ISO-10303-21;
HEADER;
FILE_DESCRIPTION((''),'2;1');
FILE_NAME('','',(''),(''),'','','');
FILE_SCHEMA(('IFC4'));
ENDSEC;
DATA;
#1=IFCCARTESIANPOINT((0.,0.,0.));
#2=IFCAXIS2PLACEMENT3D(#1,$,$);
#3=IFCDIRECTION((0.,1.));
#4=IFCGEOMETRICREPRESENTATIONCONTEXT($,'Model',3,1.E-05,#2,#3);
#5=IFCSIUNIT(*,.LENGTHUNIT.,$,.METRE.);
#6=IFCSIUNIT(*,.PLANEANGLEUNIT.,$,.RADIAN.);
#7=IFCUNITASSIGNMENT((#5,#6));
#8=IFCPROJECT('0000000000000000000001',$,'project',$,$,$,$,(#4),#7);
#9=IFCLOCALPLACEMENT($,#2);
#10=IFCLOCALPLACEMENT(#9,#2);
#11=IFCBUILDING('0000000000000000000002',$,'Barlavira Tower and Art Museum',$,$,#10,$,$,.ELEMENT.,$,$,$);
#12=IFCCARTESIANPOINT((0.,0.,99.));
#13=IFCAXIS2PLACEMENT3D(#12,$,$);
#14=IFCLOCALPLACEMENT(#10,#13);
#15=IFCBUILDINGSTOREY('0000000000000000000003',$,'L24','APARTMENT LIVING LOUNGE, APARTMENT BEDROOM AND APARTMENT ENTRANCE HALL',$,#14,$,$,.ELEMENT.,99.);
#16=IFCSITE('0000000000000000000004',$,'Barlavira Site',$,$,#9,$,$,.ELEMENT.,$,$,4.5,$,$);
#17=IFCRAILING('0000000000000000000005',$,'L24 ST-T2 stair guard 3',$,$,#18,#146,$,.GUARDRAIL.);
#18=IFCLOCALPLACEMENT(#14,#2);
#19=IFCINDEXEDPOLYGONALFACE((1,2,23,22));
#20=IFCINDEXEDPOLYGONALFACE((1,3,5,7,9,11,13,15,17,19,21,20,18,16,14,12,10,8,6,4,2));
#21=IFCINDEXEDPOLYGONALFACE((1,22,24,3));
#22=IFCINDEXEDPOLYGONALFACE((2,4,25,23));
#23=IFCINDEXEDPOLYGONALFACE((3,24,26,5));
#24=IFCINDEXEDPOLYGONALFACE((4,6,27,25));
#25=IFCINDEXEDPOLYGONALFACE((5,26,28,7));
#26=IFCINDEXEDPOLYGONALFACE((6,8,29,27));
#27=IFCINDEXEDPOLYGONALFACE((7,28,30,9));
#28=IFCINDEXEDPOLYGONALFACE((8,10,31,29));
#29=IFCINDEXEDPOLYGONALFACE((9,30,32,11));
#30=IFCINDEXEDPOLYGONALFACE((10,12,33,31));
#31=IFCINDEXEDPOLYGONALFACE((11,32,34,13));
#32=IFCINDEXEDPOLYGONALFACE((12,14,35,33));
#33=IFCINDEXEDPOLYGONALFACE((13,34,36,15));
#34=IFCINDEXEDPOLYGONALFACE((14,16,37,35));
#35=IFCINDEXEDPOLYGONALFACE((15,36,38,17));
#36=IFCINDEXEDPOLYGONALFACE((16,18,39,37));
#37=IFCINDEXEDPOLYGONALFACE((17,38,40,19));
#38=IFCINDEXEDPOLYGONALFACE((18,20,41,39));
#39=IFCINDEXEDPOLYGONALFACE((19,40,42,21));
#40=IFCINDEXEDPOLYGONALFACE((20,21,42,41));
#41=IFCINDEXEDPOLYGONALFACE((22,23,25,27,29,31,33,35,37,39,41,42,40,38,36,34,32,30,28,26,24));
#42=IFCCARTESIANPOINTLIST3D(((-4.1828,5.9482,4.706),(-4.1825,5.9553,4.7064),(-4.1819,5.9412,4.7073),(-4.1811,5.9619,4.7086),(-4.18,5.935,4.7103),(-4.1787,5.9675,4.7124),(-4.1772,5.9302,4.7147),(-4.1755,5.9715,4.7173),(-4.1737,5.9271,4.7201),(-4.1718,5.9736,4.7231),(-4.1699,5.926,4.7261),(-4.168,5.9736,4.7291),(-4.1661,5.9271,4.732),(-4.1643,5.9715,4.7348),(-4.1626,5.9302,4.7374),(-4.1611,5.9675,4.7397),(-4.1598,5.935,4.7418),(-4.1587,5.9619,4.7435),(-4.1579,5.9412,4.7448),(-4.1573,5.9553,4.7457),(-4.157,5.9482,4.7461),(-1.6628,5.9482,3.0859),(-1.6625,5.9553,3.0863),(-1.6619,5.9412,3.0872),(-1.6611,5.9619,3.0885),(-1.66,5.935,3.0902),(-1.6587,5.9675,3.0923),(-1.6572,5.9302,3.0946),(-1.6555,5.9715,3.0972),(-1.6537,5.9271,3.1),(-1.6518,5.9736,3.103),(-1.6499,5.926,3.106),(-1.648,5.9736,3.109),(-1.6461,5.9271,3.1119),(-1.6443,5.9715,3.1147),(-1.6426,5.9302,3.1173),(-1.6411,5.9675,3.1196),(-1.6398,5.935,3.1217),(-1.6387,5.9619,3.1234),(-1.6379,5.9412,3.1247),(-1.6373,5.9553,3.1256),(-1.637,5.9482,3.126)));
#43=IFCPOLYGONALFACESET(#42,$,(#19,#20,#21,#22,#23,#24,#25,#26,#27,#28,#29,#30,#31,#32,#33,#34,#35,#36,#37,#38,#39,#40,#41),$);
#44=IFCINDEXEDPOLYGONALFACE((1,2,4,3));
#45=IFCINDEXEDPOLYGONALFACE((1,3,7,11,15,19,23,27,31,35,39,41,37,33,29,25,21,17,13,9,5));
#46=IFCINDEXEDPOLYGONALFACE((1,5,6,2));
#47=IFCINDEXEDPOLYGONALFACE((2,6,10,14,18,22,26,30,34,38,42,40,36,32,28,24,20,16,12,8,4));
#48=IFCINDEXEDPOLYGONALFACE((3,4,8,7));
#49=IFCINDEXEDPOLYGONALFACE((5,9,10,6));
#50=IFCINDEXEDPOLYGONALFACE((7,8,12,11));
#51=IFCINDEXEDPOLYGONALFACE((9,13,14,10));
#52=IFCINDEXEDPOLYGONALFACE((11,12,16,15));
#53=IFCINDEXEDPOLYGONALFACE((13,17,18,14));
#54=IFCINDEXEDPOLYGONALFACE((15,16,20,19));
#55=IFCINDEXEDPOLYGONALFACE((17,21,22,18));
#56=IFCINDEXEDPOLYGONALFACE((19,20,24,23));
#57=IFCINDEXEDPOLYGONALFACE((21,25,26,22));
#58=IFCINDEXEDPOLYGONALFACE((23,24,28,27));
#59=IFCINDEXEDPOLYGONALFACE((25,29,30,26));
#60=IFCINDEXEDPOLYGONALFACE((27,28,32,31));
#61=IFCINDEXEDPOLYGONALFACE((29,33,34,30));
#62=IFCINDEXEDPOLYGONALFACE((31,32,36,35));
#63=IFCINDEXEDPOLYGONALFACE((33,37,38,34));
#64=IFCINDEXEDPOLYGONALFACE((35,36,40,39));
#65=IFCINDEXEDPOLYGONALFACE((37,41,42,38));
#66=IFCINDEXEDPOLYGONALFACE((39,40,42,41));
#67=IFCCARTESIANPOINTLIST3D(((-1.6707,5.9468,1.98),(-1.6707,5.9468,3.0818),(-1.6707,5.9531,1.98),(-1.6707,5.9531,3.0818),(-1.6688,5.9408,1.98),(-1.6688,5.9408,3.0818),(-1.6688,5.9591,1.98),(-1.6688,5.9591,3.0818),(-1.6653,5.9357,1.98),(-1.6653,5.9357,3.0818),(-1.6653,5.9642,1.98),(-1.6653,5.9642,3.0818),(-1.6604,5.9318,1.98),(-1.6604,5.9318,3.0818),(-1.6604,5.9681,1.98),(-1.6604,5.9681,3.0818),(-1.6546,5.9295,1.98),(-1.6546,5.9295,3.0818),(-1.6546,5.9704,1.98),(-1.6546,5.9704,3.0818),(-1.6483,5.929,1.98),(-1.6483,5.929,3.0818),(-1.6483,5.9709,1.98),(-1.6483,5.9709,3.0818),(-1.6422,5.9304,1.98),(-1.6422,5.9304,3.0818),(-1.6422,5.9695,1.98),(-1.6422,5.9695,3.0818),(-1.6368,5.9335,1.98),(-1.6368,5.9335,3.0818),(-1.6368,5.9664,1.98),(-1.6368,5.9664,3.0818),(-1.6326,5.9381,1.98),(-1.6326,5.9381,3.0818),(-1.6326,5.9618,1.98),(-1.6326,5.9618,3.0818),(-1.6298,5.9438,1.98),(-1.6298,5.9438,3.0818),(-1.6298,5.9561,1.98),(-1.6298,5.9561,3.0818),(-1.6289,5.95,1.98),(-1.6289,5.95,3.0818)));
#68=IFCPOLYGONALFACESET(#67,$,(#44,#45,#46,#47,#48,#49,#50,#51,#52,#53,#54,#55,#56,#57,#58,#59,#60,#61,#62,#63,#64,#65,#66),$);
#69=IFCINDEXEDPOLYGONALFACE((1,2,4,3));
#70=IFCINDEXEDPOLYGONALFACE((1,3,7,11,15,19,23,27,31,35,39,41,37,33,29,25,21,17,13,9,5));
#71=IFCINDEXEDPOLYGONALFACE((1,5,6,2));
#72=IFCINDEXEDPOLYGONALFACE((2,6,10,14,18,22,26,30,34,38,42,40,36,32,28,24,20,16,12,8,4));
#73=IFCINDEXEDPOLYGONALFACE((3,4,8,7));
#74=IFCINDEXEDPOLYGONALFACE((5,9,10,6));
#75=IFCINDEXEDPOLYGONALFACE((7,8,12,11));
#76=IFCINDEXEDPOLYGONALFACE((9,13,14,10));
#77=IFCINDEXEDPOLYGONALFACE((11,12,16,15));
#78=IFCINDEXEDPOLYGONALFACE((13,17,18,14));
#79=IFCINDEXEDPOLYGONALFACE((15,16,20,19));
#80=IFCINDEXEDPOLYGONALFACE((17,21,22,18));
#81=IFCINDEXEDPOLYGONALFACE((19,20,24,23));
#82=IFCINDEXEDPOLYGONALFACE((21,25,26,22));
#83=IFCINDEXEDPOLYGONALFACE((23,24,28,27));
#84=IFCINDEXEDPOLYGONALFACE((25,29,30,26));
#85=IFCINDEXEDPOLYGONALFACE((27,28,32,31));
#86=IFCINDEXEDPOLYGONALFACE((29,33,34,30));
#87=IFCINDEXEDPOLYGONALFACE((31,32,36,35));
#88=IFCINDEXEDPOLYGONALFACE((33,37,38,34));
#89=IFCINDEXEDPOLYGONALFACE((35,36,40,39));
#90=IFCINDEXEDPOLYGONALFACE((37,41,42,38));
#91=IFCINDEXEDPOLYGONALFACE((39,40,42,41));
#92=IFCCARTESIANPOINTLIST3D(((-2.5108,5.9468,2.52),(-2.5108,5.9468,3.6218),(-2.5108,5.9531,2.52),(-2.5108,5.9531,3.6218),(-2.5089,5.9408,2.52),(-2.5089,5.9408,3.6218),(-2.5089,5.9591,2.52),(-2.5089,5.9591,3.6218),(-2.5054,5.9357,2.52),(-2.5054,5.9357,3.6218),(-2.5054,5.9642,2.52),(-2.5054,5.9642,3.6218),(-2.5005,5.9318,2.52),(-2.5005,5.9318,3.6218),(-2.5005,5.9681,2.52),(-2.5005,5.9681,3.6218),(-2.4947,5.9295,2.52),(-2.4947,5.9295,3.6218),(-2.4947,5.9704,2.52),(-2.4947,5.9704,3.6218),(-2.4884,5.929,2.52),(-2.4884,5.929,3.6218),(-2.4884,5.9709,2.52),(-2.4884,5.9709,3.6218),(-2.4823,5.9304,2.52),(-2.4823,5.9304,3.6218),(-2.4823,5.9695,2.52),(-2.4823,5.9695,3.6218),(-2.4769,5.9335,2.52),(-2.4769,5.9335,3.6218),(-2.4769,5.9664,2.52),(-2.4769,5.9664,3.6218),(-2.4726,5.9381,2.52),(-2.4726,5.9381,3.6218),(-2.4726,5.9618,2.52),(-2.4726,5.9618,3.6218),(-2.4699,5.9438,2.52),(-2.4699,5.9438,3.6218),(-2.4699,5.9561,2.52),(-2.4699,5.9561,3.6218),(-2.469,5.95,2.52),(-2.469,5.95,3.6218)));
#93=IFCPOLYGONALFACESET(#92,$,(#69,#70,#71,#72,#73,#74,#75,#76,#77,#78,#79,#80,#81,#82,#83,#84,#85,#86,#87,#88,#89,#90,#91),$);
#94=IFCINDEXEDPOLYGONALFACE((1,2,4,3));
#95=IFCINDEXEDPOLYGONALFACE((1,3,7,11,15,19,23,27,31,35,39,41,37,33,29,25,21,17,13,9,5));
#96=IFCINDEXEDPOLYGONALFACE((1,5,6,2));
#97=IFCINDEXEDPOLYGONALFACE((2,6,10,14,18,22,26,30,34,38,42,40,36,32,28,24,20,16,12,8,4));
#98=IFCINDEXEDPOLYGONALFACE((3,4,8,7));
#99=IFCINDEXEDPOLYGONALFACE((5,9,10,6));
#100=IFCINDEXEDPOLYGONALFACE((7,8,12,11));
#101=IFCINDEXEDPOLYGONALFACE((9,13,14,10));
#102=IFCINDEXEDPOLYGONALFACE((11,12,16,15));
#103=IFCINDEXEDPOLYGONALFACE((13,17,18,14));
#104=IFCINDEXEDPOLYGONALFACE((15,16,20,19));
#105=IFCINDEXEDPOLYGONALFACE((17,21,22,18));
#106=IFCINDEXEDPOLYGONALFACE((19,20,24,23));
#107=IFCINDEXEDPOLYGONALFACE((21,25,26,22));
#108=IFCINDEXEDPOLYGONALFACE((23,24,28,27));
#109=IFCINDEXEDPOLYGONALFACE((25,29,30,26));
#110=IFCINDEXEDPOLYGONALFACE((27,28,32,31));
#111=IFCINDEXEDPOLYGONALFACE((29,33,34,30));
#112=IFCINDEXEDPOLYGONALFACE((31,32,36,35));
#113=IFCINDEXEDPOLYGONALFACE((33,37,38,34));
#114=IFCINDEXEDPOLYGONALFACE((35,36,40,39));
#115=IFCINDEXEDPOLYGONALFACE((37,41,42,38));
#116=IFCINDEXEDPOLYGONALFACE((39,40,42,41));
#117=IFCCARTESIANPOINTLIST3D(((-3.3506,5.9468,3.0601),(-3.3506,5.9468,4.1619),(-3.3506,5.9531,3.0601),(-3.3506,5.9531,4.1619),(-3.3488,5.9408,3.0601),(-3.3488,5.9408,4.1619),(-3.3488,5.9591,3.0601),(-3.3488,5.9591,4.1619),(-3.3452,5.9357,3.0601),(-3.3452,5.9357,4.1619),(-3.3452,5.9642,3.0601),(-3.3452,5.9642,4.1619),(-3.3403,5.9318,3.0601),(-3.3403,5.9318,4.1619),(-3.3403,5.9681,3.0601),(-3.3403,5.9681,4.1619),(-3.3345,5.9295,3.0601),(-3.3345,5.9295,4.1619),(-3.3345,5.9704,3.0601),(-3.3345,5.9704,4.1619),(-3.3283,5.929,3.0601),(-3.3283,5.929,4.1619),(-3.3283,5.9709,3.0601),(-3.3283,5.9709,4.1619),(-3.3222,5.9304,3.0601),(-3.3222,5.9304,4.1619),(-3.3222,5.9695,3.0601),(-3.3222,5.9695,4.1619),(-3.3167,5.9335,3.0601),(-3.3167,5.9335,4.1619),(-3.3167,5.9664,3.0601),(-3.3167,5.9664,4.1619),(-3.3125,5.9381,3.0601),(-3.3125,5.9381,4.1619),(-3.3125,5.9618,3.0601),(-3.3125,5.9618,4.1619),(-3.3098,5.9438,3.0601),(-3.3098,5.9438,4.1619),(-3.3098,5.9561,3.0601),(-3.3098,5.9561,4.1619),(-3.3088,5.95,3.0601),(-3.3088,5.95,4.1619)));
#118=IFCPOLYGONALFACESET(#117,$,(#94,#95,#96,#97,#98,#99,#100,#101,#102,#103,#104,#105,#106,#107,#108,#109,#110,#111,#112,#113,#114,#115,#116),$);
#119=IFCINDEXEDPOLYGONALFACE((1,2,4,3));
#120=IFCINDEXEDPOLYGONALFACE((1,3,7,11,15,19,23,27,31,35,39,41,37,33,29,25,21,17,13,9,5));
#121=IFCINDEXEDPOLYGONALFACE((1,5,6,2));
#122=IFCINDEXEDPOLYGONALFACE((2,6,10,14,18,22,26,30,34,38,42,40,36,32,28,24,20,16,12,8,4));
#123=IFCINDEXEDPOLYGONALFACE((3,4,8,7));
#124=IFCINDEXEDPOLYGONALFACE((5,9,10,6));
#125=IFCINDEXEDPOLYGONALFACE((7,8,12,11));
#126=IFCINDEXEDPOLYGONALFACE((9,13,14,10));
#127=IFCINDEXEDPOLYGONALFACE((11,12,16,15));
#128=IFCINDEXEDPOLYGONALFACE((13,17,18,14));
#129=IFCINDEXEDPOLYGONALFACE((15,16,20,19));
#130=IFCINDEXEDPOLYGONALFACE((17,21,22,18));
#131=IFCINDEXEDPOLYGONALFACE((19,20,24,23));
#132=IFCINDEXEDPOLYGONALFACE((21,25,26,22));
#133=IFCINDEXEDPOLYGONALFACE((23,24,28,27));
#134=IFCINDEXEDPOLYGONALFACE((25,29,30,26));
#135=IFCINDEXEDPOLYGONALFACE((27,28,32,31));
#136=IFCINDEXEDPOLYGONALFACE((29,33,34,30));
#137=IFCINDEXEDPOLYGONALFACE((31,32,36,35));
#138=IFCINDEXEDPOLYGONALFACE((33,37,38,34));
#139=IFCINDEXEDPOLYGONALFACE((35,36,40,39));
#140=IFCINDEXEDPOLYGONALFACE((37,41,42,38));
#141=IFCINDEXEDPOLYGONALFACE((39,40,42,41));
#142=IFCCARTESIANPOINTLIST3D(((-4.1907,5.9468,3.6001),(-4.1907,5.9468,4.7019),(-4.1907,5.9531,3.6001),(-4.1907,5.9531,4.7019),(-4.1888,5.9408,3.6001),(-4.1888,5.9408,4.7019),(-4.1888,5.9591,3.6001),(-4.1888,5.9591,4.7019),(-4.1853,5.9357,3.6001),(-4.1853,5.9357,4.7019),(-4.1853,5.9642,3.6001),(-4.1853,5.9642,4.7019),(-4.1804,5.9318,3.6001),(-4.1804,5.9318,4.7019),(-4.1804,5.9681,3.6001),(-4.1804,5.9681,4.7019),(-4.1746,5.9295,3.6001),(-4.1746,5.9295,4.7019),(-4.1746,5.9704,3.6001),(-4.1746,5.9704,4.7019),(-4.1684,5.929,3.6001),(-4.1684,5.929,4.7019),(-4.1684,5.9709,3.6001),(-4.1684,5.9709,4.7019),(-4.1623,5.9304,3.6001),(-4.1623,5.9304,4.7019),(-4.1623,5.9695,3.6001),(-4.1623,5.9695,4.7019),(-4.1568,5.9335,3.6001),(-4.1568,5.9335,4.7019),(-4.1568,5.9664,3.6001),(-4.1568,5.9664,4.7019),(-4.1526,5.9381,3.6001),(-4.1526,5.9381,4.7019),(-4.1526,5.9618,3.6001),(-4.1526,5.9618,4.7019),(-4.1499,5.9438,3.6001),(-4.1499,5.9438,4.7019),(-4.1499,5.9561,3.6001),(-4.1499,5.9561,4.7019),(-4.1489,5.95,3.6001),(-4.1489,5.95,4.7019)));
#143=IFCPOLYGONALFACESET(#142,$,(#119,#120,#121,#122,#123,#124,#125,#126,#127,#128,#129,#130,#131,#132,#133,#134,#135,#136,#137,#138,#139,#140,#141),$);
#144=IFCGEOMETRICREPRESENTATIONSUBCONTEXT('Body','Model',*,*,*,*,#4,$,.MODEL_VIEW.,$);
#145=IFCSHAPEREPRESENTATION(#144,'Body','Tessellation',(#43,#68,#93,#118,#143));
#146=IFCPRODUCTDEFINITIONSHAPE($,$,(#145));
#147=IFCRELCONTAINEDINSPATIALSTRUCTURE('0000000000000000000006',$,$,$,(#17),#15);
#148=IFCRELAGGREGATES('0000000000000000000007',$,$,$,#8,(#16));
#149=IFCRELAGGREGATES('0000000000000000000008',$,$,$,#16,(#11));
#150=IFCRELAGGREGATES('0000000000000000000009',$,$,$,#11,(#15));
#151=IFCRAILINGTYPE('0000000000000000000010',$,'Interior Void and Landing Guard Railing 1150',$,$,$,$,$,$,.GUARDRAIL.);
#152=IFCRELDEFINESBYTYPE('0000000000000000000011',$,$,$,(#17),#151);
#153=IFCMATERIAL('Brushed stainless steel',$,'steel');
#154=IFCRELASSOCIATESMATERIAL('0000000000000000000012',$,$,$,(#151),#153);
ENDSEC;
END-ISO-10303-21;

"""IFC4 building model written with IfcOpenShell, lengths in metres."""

from ifc_helpers import new_model, si_unit, direction, frame, origin, origin_2d, place, context, subcontext, project, spatial, circle, extrude, material, type_object, element, save


model = new_model("IFC4")

# Units and contexts
model_context = context("Model", 3, precision=1e-05, world=origin(), true_north=direction((0.0, 1.0)))
body_context = subcontext(model_context, "Body", "Model", "MODEL_VIEW")
ifc_project = project(units=[si_unit("LENGTHUNIT", "METRE"), si_unit("PLANEANGLEUNIT", "RADIAN")], contexts=[model_context])

# Site, building, storey
site_placement = place(None, origin())
site = spatial("IfcSite", under=ifc_project, at=site_placement, Name="Barlavira Site", CompositionType="ELEMENT", RefElevation=4.5)
building_placement = place(site_placement, origin())
building = spatial("IfcBuilding", under=site, at=building_placement, Name="Barlavira Tower and Art Museum", CompositionType="ELEMENT")
storey_placement = place(building_placement, frame((0.0, 0.0, 99.0)))
storey = spatial("IfcBuildingStorey", under=building, at=storey_placement, Name="L24", Description="APARTMENT LIVING LOUNGE, APARTMENT BEDROOM AND APARTMENT ENTRANCE HALL", CompositionType="ELEMENT", Elevation=99.0)

# Shared definitions
ifc_material_1 = material(Name="Brushed stainless steel", Category="steel")

# Railing
railing_type_1 = type_object("IfcRailingType", Name="Interior Void and Landing Guard Railing 1150", PredefinedType="GUARDRAIL", material=ifc_material_1)
railing_1_placement = place(storey_placement, frame((-1.6499, 5.95, 1.98)))
element("IfcRailing", 1, at=railing_1_placement, inside=storey, type_object=railing_type_1, Name="L24 ST-T2 stair guard 3", PredefinedType="GUARDRAIL", context=body_context, shape_type="SweptSolid", body=[
    extrude(circle(Radius=0.0239, at=origin_2d()), frame((0.0, 0.0, 1.126), z_axis=(-0.841163, 0.0, 0.540782), x_axis=(0.0, -1.0, 0.0)), (0.0, 0.0, 1.0), 2.9958),
    extrude(circle(Radius=0.021, at=origin_2d()), origin(), (0.0, 0.0, 1.0), 1.1018),
    extrude(circle(Radius=0.021, at=origin_2d()), frame((-0.8401, 0.0, 0.54)), (0.0, 0.0, 1.0), 1.1018),
    extrude(circle(Radius=0.021, at=origin_2d()), frame((-1.6799, 0.0, 1.0801)), (0.0, 0.0, 1.0), 1.1018),
    extrude(circle(Radius=0.021, at=origin_2d()), frame((-2.52, 0.0, 1.6201)), (0.0, 0.0, 1.0), 1.1018),
])

save(model, "model.ifc")
